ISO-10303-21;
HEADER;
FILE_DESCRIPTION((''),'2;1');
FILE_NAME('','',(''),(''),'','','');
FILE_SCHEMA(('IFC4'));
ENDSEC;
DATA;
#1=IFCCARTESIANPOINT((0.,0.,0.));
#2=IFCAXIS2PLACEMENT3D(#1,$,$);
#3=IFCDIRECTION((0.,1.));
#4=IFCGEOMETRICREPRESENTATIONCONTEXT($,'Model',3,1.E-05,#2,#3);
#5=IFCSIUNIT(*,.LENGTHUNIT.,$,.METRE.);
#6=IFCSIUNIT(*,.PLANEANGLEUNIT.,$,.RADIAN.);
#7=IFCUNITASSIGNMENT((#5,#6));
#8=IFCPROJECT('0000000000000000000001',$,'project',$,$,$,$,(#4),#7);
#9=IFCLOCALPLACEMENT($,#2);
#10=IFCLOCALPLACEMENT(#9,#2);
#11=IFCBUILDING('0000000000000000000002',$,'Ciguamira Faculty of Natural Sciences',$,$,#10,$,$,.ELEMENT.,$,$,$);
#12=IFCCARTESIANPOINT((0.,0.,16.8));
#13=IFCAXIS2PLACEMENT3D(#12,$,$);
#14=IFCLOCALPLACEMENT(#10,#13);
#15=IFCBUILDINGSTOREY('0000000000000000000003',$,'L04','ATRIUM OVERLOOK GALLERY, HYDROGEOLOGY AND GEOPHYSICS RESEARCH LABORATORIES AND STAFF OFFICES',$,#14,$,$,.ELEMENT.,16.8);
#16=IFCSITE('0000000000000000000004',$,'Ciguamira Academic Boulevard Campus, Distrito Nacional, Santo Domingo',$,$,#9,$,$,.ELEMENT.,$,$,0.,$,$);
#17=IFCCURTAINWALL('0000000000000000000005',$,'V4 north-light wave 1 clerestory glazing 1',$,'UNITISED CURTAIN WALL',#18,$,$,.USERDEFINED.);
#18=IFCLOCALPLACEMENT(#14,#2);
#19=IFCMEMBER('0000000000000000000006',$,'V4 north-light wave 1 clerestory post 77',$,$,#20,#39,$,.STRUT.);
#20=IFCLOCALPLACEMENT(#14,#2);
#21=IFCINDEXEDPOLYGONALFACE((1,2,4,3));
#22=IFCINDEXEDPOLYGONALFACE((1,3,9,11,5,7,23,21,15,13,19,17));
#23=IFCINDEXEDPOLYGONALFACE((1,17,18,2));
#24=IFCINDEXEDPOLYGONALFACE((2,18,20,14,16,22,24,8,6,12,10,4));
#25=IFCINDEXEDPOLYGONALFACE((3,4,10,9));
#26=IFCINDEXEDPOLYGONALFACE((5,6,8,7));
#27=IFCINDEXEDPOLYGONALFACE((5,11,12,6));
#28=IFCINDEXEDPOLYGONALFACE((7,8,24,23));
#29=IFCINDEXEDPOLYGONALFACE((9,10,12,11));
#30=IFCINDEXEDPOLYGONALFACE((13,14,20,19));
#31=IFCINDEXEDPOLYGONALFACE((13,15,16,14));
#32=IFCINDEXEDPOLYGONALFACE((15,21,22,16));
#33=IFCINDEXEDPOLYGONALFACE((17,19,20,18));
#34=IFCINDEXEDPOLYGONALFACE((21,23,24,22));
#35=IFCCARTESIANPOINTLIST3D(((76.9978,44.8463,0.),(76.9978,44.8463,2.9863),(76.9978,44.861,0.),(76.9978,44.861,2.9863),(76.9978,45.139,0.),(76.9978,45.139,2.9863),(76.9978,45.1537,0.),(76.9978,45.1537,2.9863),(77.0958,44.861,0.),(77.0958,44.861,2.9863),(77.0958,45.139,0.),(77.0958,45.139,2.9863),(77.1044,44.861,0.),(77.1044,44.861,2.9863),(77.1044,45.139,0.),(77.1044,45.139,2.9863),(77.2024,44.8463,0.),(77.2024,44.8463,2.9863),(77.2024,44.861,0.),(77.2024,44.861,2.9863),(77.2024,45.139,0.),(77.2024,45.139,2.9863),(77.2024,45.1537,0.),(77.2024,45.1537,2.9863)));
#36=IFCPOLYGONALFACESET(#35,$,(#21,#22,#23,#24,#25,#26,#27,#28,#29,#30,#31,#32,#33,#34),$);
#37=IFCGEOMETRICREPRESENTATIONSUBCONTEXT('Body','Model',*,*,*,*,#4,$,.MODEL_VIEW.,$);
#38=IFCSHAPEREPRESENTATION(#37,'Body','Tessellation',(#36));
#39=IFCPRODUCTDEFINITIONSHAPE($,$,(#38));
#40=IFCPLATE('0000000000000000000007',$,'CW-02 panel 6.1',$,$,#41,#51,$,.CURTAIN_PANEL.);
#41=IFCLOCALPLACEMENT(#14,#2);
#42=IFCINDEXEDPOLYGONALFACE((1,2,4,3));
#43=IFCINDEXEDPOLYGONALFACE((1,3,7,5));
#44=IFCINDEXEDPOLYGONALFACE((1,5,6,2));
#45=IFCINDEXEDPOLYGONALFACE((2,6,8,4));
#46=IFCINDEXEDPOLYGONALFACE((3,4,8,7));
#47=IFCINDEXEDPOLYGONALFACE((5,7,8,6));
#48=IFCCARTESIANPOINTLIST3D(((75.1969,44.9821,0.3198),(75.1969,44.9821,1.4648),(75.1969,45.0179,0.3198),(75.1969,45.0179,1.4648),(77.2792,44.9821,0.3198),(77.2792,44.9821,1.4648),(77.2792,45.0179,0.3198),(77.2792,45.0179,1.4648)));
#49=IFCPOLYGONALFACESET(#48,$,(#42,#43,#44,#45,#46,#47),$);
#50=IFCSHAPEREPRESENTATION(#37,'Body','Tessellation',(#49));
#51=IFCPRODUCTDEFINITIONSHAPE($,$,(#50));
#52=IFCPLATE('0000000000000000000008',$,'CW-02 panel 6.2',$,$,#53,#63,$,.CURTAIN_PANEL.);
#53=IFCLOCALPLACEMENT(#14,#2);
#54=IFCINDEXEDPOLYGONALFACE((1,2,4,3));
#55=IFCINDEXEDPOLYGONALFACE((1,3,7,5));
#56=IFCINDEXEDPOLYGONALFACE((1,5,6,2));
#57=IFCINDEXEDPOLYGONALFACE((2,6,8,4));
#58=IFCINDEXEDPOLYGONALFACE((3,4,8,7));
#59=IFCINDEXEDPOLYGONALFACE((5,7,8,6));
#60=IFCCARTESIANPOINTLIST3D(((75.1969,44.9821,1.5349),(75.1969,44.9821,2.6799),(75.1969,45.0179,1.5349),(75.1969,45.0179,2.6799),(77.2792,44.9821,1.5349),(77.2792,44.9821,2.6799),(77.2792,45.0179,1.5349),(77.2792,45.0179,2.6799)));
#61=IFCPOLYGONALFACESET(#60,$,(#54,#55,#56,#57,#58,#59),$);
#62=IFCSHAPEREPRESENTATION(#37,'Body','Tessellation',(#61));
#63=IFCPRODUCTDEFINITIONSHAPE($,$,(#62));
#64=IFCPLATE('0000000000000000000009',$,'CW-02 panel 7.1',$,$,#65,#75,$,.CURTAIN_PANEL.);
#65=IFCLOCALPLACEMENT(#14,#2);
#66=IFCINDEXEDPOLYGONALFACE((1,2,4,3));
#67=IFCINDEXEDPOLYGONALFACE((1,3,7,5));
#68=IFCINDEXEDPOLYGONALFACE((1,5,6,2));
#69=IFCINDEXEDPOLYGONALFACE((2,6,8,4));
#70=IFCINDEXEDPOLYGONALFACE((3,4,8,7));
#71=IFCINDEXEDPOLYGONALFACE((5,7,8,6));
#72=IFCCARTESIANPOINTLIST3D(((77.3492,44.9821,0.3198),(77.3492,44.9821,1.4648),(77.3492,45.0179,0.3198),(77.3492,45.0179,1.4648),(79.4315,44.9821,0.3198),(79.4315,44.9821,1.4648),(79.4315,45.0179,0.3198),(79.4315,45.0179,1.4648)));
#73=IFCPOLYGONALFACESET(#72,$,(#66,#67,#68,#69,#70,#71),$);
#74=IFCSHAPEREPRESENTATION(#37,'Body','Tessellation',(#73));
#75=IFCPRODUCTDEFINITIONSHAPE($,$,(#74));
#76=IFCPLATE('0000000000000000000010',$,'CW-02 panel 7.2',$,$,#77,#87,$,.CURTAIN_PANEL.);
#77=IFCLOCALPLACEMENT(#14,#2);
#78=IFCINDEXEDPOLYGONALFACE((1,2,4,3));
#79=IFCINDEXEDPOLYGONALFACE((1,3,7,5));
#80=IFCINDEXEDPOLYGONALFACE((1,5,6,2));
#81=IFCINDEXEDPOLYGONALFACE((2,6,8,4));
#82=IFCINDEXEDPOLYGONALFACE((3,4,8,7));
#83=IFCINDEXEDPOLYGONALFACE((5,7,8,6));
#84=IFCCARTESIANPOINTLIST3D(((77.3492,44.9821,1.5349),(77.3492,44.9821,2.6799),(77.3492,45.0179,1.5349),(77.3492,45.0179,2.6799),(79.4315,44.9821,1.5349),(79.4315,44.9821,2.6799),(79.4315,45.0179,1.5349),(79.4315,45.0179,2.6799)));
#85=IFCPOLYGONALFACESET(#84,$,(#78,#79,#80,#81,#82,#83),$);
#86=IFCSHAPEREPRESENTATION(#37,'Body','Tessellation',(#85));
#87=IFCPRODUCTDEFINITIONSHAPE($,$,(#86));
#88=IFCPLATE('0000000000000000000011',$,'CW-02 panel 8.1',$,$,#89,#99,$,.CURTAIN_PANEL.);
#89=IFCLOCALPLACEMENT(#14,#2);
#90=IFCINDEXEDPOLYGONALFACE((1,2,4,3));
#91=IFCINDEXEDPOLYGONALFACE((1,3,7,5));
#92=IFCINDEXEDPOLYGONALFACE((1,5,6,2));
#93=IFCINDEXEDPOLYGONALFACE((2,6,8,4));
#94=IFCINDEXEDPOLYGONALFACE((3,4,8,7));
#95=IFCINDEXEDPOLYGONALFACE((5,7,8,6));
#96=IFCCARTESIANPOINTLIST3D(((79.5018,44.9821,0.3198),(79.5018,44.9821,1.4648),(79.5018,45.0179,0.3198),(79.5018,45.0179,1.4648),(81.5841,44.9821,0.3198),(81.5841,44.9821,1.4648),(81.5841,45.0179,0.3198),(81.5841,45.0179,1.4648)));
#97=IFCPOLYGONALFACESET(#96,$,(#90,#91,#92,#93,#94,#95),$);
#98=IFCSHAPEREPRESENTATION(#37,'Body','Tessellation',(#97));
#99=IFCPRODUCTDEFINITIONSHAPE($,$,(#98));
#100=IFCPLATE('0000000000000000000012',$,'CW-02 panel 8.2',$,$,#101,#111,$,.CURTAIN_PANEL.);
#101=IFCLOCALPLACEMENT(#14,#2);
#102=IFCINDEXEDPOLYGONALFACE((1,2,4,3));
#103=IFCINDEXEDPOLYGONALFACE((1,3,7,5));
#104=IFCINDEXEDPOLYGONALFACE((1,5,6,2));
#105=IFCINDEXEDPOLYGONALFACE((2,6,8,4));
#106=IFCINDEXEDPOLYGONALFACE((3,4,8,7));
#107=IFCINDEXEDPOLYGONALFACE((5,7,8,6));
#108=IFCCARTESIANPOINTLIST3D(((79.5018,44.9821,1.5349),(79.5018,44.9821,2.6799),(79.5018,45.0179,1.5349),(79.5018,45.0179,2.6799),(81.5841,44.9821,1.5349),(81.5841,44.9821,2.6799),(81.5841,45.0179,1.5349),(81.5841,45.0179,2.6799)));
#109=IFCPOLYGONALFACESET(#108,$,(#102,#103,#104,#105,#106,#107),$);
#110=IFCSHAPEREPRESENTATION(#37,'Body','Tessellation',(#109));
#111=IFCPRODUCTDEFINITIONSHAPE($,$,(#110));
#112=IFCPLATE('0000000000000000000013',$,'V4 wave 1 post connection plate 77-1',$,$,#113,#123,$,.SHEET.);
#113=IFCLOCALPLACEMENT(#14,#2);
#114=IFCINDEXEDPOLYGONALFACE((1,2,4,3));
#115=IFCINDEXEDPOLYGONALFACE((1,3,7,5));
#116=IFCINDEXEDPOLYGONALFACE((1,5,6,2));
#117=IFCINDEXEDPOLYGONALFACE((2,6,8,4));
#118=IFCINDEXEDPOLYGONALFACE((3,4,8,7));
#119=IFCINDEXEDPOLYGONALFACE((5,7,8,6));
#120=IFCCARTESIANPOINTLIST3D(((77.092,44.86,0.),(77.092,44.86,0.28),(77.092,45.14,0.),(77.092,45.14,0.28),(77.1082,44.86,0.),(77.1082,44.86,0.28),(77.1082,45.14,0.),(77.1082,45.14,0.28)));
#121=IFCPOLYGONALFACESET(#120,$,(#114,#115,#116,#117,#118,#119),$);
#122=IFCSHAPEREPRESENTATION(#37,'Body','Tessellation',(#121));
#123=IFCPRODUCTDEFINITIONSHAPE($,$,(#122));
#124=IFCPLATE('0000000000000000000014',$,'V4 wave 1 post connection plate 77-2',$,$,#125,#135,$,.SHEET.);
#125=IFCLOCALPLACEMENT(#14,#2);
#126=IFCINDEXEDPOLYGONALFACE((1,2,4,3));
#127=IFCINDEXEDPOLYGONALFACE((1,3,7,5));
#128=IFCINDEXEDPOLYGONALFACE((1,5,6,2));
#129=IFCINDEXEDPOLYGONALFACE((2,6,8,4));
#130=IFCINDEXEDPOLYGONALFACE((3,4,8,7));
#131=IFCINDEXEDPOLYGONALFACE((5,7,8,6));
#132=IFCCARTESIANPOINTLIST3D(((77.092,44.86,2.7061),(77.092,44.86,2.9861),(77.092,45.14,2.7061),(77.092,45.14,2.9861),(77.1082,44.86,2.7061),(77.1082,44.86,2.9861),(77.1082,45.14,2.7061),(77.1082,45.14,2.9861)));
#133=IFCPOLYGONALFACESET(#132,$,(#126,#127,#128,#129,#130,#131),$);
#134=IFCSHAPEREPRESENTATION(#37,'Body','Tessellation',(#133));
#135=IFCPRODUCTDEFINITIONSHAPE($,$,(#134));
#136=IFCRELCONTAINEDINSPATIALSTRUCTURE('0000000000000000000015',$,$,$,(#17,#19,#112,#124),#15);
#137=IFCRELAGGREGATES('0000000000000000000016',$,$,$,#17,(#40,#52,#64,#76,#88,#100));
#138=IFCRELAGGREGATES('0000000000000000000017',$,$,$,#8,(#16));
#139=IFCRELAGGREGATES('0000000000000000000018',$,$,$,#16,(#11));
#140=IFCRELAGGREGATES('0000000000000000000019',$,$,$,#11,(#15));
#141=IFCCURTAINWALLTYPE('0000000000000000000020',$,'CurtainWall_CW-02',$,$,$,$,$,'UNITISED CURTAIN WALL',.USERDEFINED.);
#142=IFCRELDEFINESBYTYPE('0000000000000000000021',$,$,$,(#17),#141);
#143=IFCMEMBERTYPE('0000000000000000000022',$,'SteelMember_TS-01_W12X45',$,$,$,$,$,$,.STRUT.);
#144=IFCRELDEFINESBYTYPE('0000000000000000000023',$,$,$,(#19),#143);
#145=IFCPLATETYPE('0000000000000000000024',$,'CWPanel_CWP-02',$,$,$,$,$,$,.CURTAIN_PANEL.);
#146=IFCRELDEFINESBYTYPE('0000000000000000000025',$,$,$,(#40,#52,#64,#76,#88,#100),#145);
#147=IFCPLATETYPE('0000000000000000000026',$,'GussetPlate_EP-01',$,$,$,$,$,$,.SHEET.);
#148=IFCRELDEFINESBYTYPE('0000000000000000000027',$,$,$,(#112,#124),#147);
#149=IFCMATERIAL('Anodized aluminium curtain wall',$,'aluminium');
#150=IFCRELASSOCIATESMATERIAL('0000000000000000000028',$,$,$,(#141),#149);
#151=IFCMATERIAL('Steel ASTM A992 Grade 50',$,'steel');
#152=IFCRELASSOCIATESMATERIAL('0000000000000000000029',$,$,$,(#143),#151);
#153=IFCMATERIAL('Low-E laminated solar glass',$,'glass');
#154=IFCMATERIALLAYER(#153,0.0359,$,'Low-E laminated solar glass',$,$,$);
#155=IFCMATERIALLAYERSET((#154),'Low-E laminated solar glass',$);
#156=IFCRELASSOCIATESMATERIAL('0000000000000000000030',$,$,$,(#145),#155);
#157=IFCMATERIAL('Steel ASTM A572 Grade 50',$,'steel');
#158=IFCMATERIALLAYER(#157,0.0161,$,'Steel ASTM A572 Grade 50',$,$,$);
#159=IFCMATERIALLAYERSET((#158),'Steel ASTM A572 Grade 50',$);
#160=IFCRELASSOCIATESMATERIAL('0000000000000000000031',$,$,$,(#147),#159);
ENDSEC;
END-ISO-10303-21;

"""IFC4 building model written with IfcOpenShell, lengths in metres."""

from ifc_helpers import new_model, si_unit, direction, frame, origin, origin_2d, place, context, subcontext, project, spatial, rectangle, i_section, extrude, material, layer, layer_set, material_profile, profile_set, type_object, element, aggregate, save


model = new_model("IFC4")

# Units and contexts
model_context = context("Model", 3, precision=1e-05, world=origin(), true_north=direction((0.0, 1.0)))
body_context = subcontext(model_context, "Body", "Model", "MODEL_VIEW")
ifc_project = project(units=[si_unit("LENGTHUNIT", "METRE"), si_unit("PLANEANGLEUNIT", "RADIAN")], contexts=[model_context])

# Site, building, storey
site_placement = place(None, origin())
site = spatial("IfcSite", under=ifc_project, at=site_placement, Name="Ciguamira Academic Boulevard Campus, Distrito Nacional, Santo Domingo", CompositionType="ELEMENT", RefElevation=0.0)
building_placement = place(site_placement, origin())
building = spatial("IfcBuilding", under=site, at=building_placement, Name="Ciguamira Faculty of Natural Sciences", CompositionType="ELEMENT")
storey_placement = place(building_placement, frame((0.0, 0.0, 16.8)))
storey = spatial("IfcBuildingStorey", under=building, at=storey_placement, Name="L04", Description="ATRIUM OVERLOOK GALLERY, HYDROGEOLOGY AND GEOPHYSICS RESEARCH LABORATORIES AND STAFF OFFICES", CompositionType="ELEMENT", Elevation=16.8)

# Curtain wall
ifc_material_1 = material(Name="Anodized aluminium curtain wall", Category="aluminium")
curtain_wall_type = type_object("IfcCurtainWallType", Name="CurtainWall_CW-02", ElementType="UNITISED CURTAIN WALL", PredefinedType="USERDEFINED", material=ifc_material_1)
curtain_wall_placement = place(storey_placement, origin())
curtain_wall = element("IfcCurtainWall", 1, at=curtain_wall_placement, inside=storey, type_object=curtain_wall_type, Name="V4 north-light wave 1 clerestory glazing 1", ObjectType="UNITISED CURTAIN WALL", PredefinedType="USERDEFINED")

# Member
ifc_material_2 = material(Name="Steel ASTM A992 Grade 50", Category="steel")
ifc_material_profile_1 = material_profile(ifc_material_2, i_section(OverallWidth=0.2046, OverallDepth=0.3074, WebThickness=0.0085, FlangeThickness=0.0146, at=origin_2d()), Name="W12X45")
ifc_profile_set_1 = profile_set([ifc_material_profile_1], Name="Steel ASTM A992 Grade 50")
member_type_1 = type_object("IfcMemberType", Name="SteelMember_TS-01_W12X45", PredefinedType="STRUT", material=ifc_profile_set_1)
member_1_placement = place(storey_placement, frame((77.1001, 45.0, 0.0), z_axis=(0.0, 0.0, 1.0), x_axis=(1.0, 0.0, 0.0)))
element("IfcMember", 2, at=member_1_placement, inside=storey, type_object=member_type_1, Name="V4 north-light wave 1 clerestory post 77", PredefinedType="STRUT", context=body_context, shape_type="SweptSolid", body=[
    extrude(i_section(OverallWidth=0.2046, OverallDepth=0.3074, WebThickness=0.0085, FlangeThickness=0.0146, at=origin_2d()), origin(), (0.0, 0.0, 1.0), 2.9863),
])

# Plates
ifc_material_3 = material(Name="Low-E laminated solar glass", Category="glass")
ifc_layer_1 = layer(ifc_material_3, 0.0359, Name="Low-E laminated solar glass")
ifc_layer_set_1 = layer_set([ifc_layer_1], Name="Low-E laminated solar glass")
plate_type_1 = type_object("IfcPlateType", Name="CWPanel_CWP-02", PredefinedType="CURTAIN_PANEL", material=ifc_layer_set_1)
plate_1_placement = place(storey_placement, frame((76.238, 45.0, 0.3198), z_axis=(0.0, 0.0, 1.0), x_axis=(1.0, 0.0, 0.0)))
plate_1 = element("IfcPlate", 3, at=plate_1_placement, type_object=plate_type_1, Name="CW-02 panel 6.1", PredefinedType="CURTAIN_PANEL", context=body_context, shape_type="SweptSolid", body=[
    extrude(rectangle(XDim=2.0823, YDim=0.0359, at=origin_2d()), origin(), (0.0, 0.0, 1.0), 1.145),
])
plate_2_placement = place(storey_placement, frame((76.238, 45.0, 1.5349), z_axis=(0.0, 0.0, 1.0), x_axis=(1.0, 0.0, 0.0)))
plate_2 = element("IfcPlate", 4, at=plate_2_placement, type_object=plate_type_1, Name="CW-02 panel 6.2", PredefinedType="CURTAIN_PANEL", context=body_context, shape_type="SweptSolid", body=[
    extrude(rectangle(XDim=2.0823, YDim=0.0359, at=origin_2d()), origin(), (0.0, 0.0, 1.0), 1.145),
])
plate_3_placement = place(storey_placement, frame((78.3904, 45.0, 0.3198), z_axis=(0.0, 0.0, 1.0), x_axis=(1.0, 0.0, 0.0)))
plate_3 = element("IfcPlate", 5, at=plate_3_placement, type_object=plate_type_1, Name="CW-02 panel 7.1", PredefinedType="CURTAIN_PANEL", context=body_context, shape_type="SweptSolid", body=[
    extrude(rectangle(XDim=2.0823, YDim=0.0359, at=origin_2d()), origin(), (0.0, 0.0, 1.0), 1.145),
])
plate_4_placement = place(storey_placement, frame((78.3904, 45.0, 1.5349), z_axis=(0.0, 0.0, 1.0), x_axis=(1.0, 0.0, 0.0)))
plate_4 = element("IfcPlate", 6, at=plate_4_placement, type_object=plate_type_1, Name="CW-02 panel 7.2", PredefinedType="CURTAIN_PANEL", context=body_context, shape_type="SweptSolid", body=[
    extrude(rectangle(XDim=2.0823, YDim=0.0359, at=origin_2d()), origin(), (0.0, 0.0, 1.0), 1.145),
])
plate_5_placement = place(storey_placement, frame((80.543, 45.0, 0.3198), z_axis=(0.0, 0.0, 1.0), x_axis=(1.0, 0.0, 0.0)))
plate_5 = element("IfcPlate", 7, at=plate_5_placement, type_object=plate_type_1, Name="CW-02 panel 8.1", PredefinedType="CURTAIN_PANEL", context=body_context, shape_type="SweptSolid", body=[
    extrude(rectangle(XDim=2.0823, YDim=0.0359, at=origin_2d()), origin(), (0.0, 0.0, 1.0), 1.145),
])
plate_6_placement = place(storey_placement, frame((80.543, 45.0, 1.5349), z_axis=(0.0, 0.0, 1.0), x_axis=(1.0, 0.0, 0.0)))
plate_6 = element("IfcPlate", 8, at=plate_6_placement, type_object=plate_type_1, Name="CW-02 panel 8.2", PredefinedType="CURTAIN_PANEL", context=body_context, shape_type="SweptSolid", body=[
    extrude(rectangle(XDim=2.0823, YDim=0.0359, at=origin_2d()), origin(), (0.0, 0.0, 1.0), 1.145),
])
aggregate(curtain_wall, [plate_1, plate_2, plate_3, plate_4, plate_5, plate_6])

# Plates
ifc_material_4 = material(Name="Steel ASTM A572 Grade 50", Category="steel")
ifc_layer_2 = layer(ifc_material_4, 0.0161, Name="Steel ASTM A572 Grade 50")
ifc_layer_set_2 = layer_set([ifc_layer_2], Name="Steel ASTM A572 Grade 50")
plate_type_2 = type_object("IfcPlateType", Name="GussetPlate_EP-01", PredefinedType="SHEET", material=ifc_layer_set_2)
for number, where, z_axis, x_axis, name in (
    (9, (77.1001, 45.0, 0.0), (0.0, 0.0, 1.0), (1.0, 0.0, 0.0), "V4 wave 1 post connection plate 77-1"),
    (10, (77.1001, 45.0, 2.7061), (0.0, 0.0, 1.0), (1.0, 0.0, 0.0), "V4 wave 1 post connection plate 77-2"),
):
    element("IfcPlate", number, at=place(storey_placement, frame(where, z_axis=z_axis, x_axis=x_axis)), inside=storey, type_object=plate_type_2, Name=name, PredefinedType="SHEET", context=body_context, shape_type="SweptSolid", body=[
        extrude(rectangle(XDim=0.0161, YDim=0.28, at=origin_2d()), origin(), (0.0, 0.0, 1.0), 0.28),
    ])

save(model, "model.ifc")
